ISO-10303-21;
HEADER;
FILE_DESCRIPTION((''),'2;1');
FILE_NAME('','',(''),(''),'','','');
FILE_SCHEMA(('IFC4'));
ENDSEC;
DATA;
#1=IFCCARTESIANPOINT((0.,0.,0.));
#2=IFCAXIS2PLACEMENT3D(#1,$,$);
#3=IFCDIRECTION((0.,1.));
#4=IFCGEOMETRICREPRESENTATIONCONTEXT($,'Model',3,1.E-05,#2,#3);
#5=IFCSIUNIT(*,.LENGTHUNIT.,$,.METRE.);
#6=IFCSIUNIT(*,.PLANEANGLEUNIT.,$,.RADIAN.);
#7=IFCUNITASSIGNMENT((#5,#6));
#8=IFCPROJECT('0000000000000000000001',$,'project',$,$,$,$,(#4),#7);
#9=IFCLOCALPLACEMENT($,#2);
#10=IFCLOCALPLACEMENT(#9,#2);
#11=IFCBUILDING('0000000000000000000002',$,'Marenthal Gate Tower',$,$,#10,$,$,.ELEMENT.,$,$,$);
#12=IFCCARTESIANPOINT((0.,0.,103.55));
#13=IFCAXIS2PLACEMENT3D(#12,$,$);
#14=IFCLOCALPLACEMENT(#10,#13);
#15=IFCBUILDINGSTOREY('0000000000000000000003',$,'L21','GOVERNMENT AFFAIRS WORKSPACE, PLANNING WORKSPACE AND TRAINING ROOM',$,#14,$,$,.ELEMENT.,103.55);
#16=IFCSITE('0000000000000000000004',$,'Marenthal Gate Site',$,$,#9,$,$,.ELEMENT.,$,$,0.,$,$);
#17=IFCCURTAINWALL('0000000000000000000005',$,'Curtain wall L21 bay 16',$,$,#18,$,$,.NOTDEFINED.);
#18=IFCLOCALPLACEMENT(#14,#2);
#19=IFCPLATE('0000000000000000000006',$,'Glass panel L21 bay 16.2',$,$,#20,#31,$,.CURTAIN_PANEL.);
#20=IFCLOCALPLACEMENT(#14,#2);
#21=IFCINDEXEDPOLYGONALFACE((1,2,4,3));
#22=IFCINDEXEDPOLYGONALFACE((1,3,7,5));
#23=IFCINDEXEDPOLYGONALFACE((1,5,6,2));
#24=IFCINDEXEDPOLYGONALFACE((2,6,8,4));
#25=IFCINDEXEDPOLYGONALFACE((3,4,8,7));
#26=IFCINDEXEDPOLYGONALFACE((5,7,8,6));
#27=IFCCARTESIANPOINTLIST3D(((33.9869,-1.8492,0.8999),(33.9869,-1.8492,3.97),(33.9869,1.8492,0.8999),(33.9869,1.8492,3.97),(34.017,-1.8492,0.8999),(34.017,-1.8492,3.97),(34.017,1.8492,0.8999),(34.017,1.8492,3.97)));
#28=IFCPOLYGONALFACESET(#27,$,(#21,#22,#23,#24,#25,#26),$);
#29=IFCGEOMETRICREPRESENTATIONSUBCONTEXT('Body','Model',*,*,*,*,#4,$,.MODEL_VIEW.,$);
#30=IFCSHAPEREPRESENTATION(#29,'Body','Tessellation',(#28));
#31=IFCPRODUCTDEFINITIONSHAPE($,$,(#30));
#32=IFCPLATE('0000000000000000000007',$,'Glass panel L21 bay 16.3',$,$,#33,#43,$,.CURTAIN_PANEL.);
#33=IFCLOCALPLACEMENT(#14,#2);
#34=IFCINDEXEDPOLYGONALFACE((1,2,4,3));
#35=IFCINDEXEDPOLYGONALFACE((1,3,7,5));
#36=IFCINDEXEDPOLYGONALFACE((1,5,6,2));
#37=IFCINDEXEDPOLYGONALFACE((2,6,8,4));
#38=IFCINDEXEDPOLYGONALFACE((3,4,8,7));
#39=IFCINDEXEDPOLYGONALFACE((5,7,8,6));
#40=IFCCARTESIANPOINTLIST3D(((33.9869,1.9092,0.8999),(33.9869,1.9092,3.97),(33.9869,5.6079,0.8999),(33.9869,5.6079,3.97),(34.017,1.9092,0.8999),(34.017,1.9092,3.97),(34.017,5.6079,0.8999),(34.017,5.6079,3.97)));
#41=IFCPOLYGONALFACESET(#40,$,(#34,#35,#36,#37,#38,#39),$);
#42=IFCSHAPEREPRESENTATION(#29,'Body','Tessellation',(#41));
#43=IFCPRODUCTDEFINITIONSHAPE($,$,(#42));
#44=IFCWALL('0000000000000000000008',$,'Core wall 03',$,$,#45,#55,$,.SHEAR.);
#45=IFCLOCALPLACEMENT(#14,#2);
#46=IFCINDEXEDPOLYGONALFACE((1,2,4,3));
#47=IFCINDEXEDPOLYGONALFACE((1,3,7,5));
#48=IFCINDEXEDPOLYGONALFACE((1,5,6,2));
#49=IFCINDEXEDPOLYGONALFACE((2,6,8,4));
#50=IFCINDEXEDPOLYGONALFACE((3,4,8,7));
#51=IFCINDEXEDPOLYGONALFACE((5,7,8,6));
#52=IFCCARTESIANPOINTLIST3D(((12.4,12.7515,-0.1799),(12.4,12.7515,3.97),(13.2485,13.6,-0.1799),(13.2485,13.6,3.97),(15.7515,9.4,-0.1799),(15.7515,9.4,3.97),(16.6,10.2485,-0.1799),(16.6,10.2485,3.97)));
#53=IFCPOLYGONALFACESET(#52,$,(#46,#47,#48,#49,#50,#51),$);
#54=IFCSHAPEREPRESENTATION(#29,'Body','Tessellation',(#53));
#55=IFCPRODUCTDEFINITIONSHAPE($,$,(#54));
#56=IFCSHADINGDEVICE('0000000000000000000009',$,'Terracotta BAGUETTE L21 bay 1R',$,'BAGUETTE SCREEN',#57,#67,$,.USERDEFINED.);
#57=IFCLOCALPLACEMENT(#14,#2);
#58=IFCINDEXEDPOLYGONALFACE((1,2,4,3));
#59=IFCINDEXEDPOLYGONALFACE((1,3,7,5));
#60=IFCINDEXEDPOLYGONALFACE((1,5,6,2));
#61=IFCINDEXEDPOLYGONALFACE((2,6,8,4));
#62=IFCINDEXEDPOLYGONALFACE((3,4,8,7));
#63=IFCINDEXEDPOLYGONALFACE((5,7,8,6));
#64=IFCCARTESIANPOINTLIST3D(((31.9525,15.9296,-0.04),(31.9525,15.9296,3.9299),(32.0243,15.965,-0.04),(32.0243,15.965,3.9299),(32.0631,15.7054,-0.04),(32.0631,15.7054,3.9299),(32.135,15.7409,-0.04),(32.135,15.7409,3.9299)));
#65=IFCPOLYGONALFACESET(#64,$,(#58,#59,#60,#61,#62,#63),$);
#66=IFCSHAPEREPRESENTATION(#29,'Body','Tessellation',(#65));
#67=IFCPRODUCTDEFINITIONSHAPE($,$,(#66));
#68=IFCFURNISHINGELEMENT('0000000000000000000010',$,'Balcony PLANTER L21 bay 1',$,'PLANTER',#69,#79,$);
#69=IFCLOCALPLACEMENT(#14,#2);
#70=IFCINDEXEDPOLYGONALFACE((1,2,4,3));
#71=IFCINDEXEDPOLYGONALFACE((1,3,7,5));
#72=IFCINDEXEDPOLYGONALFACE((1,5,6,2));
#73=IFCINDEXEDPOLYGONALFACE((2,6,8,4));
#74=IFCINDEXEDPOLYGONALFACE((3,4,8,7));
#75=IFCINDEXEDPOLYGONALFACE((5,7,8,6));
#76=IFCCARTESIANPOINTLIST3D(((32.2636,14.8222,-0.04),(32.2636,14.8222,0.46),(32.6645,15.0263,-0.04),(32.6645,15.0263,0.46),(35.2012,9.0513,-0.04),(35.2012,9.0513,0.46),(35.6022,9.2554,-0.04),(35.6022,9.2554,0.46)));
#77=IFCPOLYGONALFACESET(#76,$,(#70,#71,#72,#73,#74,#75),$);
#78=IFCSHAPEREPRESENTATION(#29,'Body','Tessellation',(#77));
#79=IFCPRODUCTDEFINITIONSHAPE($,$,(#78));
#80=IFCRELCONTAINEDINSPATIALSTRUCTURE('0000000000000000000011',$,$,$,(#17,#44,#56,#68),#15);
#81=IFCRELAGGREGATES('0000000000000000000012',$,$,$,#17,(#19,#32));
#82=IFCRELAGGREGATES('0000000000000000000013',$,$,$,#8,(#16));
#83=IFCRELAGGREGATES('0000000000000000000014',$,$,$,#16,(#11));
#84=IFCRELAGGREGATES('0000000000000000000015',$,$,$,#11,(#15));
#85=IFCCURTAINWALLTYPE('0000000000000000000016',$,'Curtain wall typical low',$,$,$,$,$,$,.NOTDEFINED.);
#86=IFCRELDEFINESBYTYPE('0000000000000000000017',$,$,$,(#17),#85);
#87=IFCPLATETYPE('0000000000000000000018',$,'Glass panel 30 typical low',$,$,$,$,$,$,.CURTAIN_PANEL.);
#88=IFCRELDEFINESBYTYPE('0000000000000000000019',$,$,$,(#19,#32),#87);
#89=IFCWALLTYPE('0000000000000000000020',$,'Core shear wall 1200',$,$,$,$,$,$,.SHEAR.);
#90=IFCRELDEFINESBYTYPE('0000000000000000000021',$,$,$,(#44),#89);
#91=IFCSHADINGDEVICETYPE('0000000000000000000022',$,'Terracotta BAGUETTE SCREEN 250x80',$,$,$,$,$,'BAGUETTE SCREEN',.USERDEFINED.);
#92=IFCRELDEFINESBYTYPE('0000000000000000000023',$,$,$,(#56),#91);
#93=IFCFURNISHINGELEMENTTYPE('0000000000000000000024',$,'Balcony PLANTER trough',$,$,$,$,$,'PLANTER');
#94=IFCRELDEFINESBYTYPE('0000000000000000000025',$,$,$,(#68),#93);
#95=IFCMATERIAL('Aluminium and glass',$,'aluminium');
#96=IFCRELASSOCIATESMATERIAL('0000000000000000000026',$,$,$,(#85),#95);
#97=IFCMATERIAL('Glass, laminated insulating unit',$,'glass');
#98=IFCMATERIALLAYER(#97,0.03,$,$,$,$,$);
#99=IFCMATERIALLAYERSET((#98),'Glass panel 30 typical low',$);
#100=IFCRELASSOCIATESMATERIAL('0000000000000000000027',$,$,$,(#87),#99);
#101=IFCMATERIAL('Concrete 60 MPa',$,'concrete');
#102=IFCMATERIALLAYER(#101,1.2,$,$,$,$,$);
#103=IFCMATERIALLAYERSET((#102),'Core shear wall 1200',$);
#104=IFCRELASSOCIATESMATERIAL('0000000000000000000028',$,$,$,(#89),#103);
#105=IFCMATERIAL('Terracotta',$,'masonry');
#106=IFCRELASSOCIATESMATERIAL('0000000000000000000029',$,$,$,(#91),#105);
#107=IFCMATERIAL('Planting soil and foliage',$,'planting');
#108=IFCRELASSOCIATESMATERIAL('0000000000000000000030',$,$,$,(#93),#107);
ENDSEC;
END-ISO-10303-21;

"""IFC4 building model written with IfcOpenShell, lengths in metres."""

from ifc_helpers import new_model, si_unit, direction, frame, frame_2d, origin, origin_2d, place, context, subcontext, project, spatial, rectangle, extrude, material, layer, layer_set, material_profile, profile_set, type_object, element, aggregate, save


model = new_model("IFC4")

# Units and contexts
model_context = context("Model", 3, precision=1e-05, world=origin(), true_north=direction((0.0, 1.0)))
body_context = subcontext(model_context, "Body", "Model", "MODEL_VIEW")
ifc_project = project(units=[si_unit("LENGTHUNIT", "METRE"), si_unit("PLANEANGLEUNIT", "RADIAN")], contexts=[model_context])

# Site, building, storey
site_placement = place(None, origin())
site = spatial("IfcSite", under=ifc_project, at=site_placement, Name="Marenthal Gate Site", CompositionType="ELEMENT", RefElevation=0.0)
building_placement = place(site_placement, origin())
building = spatial("IfcBuilding", under=site, at=building_placement, Name="Marenthal Gate Tower", CompositionType="ELEMENT")
storey_placement = place(building_placement, frame((0.0, 0.0, 103.55)))
storey = spatial("IfcBuildingStorey", under=building, at=storey_placement, Name="L21", Description="GOVERNMENT AFFAIRS WORKSPACE, PLANNING WORKSPACE AND TRAINING ROOM", CompositionType="ELEMENT", Elevation=103.55)

# Curtain wall
ifc_material_1 = material(Name="Aluminium and glass", Category="aluminium")
curtain_wall_type = type_object("IfcCurtainWallType", Name="Curtain wall typical low", PredefinedType="NOTDEFINED", material=ifc_material_1)
curtain_wall_placement = place(storey_placement, origin())
curtain_wall = element("IfcCurtainWall", 1, at=curtain_wall_placement, inside=storey, type_object=curtain_wall_type, Name="Curtain wall L21 bay 16", PredefinedType="NOTDEFINED")

# Plates
ifc_material_2 = material(Name="Glass, laminated insulating unit", Category="glass")
ifc_layer_1 = layer(ifc_material_2, 0.03)
ifc_layer_set_1 = layer_set([ifc_layer_1], Name="Glass panel 30 typical low")
plate_type = type_object("IfcPlateType", Name="Glass panel 30 typical low", PredefinedType="CURTAIN_PANEL", material=ifc_layer_set_1)
plate_1_placement = place(storey_placement, frame((34.002, 0.0, 0.8999), z_axis=(0.0, 0.0, 1.0), x_axis=(0.0, 1.0, 0.0)))
plate_1 = element("IfcPlate", 2, at=plate_1_placement, type_object=plate_type, Name="Glass panel L21 bay 16.2", PredefinedType="CURTAIN_PANEL", context=body_context, shape_type="SweptSolid", body=[
    extrude(rectangle(XDim=3.6985, YDim=0.03, at=origin_2d()), origin(), (0.0, 0.0, 1.0), 3.0701),
])
plate_2_placement = place(storey_placement, frame((34.002, 3.7585, 0.8999), z_axis=(0.0, 0.0, 1.0), x_axis=(0.0, 1.0, 0.0)))
plate_2 = element("IfcPlate", 3, at=plate_2_placement, type_object=plate_type, Name="Glass panel L21 bay 16.3", PredefinedType="CURTAIN_PANEL", context=body_context, shape_type="SweptSolid", body=[
    extrude(rectangle(XDim=3.6987, YDim=0.03, at=origin_2d()), origin(), (0.0, 0.0, 1.0), 3.0701),
])
aggregate(curtain_wall, [plate_1, plate_2])

# Wall
ifc_material_3 = material(Name="Concrete 60 MPa", Category="concrete")
ifc_layer_2 = layer(ifc_material_3, 1.2)
ifc_layer_set_2 = layer_set([ifc_layer_2], Name="Core shear wall 1200")
wall_type_1 = type_object("IfcWallType", Name="Core shear wall 1200", PredefinedType="SHEAR", material=ifc_layer_set_2)
wall_1_placement = place(storey_placement, frame((16.1758, 9.8242, -0.1799), z_axis=(0.0, 0.0, 1.0), x_axis=(-0.707107, 0.707107, 0.0)))
element("IfcWall", 4, at=wall_1_placement, inside=storey, type_object=wall_type_1, Name="Core wall 03", PredefinedType="SHEAR", context=body_context, shape_type="SweptSolid", body=[
    extrude(rectangle(XDim=4.7397, YDim=1.2, at=frame_2d((2.3699, 0.0))), origin(), (0.0, 0.0, 1.0), 4.1499),
])

# Shading device
ifc_material_4 = material(Name="Terracotta", Category="masonry")
ifc_material_profile_1 = material_profile(ifc_material_4, rectangle(XDim=0.25, YDim=0.0801, at=origin_2d()), Name="Terracotta baguette 250x80")
ifc_profile_set_1 = profile_set([ifc_material_profile_1], Name="Terracotta")
shading_device_type = type_object("IfcShadingDeviceType", Name="Terracotta BAGUETTE SCREEN 250x80", ElementType="BAGUETTE SCREEN", PredefinedType="USERDEFINED", material=ifc_profile_set_1)
shading_device_placement = place(storey_placement, frame((32.0437, 15.8352, -0.04), z_axis=(0.0, 0.0, 1.0), x_axis=(-0.44279, 0.896625, 0.0)))
element("IfcShadingDevice", 5, at=shading_device_placement, inside=storey, type_object=shading_device_type, Name="Terracotta BAGUETTE L21 bay 1R", ObjectType="BAGUETTE SCREEN", PredefinedType="USERDEFINED", context=body_context, shape_type="SweptSolid", body=[
    extrude(rectangle(XDim=0.25, YDim=0.0801, at=origin_2d()), origin(), (0.0, 0.0, 1.0), 3.97),
])

# Furnishing element
ifc_material_5 = material(Name="Planting soil and foliage", Category="planting")
furnishing_element_type = type_object("IfcFurnishingElementType", Name="Balcony PLANTER trough", ElementType="PLANTER", material=ifc_material_5)
furnishing_placement = place(storey_placement, frame((33.9329, 12.0388, -0.04), z_axis=(0.0, 0.0, 1.0), x_axis=(-0.453646, 0.891182, 0.0)))
element("IfcFurnishingElement", 6, at=furnishing_placement, inside=storey, type_object=furnishing_element_type, Name="Balcony PLANTER L21 bay 1", ObjectType="PLANTER", context=body_context, shape_type="SweptSolid", body=[
    extrude(rectangle(XDim=6.4756, YDim=0.45, at=origin_2d()), origin(), (0.0, 0.0, 1.0), 0.5),
])

save(model, "model.ifc")
